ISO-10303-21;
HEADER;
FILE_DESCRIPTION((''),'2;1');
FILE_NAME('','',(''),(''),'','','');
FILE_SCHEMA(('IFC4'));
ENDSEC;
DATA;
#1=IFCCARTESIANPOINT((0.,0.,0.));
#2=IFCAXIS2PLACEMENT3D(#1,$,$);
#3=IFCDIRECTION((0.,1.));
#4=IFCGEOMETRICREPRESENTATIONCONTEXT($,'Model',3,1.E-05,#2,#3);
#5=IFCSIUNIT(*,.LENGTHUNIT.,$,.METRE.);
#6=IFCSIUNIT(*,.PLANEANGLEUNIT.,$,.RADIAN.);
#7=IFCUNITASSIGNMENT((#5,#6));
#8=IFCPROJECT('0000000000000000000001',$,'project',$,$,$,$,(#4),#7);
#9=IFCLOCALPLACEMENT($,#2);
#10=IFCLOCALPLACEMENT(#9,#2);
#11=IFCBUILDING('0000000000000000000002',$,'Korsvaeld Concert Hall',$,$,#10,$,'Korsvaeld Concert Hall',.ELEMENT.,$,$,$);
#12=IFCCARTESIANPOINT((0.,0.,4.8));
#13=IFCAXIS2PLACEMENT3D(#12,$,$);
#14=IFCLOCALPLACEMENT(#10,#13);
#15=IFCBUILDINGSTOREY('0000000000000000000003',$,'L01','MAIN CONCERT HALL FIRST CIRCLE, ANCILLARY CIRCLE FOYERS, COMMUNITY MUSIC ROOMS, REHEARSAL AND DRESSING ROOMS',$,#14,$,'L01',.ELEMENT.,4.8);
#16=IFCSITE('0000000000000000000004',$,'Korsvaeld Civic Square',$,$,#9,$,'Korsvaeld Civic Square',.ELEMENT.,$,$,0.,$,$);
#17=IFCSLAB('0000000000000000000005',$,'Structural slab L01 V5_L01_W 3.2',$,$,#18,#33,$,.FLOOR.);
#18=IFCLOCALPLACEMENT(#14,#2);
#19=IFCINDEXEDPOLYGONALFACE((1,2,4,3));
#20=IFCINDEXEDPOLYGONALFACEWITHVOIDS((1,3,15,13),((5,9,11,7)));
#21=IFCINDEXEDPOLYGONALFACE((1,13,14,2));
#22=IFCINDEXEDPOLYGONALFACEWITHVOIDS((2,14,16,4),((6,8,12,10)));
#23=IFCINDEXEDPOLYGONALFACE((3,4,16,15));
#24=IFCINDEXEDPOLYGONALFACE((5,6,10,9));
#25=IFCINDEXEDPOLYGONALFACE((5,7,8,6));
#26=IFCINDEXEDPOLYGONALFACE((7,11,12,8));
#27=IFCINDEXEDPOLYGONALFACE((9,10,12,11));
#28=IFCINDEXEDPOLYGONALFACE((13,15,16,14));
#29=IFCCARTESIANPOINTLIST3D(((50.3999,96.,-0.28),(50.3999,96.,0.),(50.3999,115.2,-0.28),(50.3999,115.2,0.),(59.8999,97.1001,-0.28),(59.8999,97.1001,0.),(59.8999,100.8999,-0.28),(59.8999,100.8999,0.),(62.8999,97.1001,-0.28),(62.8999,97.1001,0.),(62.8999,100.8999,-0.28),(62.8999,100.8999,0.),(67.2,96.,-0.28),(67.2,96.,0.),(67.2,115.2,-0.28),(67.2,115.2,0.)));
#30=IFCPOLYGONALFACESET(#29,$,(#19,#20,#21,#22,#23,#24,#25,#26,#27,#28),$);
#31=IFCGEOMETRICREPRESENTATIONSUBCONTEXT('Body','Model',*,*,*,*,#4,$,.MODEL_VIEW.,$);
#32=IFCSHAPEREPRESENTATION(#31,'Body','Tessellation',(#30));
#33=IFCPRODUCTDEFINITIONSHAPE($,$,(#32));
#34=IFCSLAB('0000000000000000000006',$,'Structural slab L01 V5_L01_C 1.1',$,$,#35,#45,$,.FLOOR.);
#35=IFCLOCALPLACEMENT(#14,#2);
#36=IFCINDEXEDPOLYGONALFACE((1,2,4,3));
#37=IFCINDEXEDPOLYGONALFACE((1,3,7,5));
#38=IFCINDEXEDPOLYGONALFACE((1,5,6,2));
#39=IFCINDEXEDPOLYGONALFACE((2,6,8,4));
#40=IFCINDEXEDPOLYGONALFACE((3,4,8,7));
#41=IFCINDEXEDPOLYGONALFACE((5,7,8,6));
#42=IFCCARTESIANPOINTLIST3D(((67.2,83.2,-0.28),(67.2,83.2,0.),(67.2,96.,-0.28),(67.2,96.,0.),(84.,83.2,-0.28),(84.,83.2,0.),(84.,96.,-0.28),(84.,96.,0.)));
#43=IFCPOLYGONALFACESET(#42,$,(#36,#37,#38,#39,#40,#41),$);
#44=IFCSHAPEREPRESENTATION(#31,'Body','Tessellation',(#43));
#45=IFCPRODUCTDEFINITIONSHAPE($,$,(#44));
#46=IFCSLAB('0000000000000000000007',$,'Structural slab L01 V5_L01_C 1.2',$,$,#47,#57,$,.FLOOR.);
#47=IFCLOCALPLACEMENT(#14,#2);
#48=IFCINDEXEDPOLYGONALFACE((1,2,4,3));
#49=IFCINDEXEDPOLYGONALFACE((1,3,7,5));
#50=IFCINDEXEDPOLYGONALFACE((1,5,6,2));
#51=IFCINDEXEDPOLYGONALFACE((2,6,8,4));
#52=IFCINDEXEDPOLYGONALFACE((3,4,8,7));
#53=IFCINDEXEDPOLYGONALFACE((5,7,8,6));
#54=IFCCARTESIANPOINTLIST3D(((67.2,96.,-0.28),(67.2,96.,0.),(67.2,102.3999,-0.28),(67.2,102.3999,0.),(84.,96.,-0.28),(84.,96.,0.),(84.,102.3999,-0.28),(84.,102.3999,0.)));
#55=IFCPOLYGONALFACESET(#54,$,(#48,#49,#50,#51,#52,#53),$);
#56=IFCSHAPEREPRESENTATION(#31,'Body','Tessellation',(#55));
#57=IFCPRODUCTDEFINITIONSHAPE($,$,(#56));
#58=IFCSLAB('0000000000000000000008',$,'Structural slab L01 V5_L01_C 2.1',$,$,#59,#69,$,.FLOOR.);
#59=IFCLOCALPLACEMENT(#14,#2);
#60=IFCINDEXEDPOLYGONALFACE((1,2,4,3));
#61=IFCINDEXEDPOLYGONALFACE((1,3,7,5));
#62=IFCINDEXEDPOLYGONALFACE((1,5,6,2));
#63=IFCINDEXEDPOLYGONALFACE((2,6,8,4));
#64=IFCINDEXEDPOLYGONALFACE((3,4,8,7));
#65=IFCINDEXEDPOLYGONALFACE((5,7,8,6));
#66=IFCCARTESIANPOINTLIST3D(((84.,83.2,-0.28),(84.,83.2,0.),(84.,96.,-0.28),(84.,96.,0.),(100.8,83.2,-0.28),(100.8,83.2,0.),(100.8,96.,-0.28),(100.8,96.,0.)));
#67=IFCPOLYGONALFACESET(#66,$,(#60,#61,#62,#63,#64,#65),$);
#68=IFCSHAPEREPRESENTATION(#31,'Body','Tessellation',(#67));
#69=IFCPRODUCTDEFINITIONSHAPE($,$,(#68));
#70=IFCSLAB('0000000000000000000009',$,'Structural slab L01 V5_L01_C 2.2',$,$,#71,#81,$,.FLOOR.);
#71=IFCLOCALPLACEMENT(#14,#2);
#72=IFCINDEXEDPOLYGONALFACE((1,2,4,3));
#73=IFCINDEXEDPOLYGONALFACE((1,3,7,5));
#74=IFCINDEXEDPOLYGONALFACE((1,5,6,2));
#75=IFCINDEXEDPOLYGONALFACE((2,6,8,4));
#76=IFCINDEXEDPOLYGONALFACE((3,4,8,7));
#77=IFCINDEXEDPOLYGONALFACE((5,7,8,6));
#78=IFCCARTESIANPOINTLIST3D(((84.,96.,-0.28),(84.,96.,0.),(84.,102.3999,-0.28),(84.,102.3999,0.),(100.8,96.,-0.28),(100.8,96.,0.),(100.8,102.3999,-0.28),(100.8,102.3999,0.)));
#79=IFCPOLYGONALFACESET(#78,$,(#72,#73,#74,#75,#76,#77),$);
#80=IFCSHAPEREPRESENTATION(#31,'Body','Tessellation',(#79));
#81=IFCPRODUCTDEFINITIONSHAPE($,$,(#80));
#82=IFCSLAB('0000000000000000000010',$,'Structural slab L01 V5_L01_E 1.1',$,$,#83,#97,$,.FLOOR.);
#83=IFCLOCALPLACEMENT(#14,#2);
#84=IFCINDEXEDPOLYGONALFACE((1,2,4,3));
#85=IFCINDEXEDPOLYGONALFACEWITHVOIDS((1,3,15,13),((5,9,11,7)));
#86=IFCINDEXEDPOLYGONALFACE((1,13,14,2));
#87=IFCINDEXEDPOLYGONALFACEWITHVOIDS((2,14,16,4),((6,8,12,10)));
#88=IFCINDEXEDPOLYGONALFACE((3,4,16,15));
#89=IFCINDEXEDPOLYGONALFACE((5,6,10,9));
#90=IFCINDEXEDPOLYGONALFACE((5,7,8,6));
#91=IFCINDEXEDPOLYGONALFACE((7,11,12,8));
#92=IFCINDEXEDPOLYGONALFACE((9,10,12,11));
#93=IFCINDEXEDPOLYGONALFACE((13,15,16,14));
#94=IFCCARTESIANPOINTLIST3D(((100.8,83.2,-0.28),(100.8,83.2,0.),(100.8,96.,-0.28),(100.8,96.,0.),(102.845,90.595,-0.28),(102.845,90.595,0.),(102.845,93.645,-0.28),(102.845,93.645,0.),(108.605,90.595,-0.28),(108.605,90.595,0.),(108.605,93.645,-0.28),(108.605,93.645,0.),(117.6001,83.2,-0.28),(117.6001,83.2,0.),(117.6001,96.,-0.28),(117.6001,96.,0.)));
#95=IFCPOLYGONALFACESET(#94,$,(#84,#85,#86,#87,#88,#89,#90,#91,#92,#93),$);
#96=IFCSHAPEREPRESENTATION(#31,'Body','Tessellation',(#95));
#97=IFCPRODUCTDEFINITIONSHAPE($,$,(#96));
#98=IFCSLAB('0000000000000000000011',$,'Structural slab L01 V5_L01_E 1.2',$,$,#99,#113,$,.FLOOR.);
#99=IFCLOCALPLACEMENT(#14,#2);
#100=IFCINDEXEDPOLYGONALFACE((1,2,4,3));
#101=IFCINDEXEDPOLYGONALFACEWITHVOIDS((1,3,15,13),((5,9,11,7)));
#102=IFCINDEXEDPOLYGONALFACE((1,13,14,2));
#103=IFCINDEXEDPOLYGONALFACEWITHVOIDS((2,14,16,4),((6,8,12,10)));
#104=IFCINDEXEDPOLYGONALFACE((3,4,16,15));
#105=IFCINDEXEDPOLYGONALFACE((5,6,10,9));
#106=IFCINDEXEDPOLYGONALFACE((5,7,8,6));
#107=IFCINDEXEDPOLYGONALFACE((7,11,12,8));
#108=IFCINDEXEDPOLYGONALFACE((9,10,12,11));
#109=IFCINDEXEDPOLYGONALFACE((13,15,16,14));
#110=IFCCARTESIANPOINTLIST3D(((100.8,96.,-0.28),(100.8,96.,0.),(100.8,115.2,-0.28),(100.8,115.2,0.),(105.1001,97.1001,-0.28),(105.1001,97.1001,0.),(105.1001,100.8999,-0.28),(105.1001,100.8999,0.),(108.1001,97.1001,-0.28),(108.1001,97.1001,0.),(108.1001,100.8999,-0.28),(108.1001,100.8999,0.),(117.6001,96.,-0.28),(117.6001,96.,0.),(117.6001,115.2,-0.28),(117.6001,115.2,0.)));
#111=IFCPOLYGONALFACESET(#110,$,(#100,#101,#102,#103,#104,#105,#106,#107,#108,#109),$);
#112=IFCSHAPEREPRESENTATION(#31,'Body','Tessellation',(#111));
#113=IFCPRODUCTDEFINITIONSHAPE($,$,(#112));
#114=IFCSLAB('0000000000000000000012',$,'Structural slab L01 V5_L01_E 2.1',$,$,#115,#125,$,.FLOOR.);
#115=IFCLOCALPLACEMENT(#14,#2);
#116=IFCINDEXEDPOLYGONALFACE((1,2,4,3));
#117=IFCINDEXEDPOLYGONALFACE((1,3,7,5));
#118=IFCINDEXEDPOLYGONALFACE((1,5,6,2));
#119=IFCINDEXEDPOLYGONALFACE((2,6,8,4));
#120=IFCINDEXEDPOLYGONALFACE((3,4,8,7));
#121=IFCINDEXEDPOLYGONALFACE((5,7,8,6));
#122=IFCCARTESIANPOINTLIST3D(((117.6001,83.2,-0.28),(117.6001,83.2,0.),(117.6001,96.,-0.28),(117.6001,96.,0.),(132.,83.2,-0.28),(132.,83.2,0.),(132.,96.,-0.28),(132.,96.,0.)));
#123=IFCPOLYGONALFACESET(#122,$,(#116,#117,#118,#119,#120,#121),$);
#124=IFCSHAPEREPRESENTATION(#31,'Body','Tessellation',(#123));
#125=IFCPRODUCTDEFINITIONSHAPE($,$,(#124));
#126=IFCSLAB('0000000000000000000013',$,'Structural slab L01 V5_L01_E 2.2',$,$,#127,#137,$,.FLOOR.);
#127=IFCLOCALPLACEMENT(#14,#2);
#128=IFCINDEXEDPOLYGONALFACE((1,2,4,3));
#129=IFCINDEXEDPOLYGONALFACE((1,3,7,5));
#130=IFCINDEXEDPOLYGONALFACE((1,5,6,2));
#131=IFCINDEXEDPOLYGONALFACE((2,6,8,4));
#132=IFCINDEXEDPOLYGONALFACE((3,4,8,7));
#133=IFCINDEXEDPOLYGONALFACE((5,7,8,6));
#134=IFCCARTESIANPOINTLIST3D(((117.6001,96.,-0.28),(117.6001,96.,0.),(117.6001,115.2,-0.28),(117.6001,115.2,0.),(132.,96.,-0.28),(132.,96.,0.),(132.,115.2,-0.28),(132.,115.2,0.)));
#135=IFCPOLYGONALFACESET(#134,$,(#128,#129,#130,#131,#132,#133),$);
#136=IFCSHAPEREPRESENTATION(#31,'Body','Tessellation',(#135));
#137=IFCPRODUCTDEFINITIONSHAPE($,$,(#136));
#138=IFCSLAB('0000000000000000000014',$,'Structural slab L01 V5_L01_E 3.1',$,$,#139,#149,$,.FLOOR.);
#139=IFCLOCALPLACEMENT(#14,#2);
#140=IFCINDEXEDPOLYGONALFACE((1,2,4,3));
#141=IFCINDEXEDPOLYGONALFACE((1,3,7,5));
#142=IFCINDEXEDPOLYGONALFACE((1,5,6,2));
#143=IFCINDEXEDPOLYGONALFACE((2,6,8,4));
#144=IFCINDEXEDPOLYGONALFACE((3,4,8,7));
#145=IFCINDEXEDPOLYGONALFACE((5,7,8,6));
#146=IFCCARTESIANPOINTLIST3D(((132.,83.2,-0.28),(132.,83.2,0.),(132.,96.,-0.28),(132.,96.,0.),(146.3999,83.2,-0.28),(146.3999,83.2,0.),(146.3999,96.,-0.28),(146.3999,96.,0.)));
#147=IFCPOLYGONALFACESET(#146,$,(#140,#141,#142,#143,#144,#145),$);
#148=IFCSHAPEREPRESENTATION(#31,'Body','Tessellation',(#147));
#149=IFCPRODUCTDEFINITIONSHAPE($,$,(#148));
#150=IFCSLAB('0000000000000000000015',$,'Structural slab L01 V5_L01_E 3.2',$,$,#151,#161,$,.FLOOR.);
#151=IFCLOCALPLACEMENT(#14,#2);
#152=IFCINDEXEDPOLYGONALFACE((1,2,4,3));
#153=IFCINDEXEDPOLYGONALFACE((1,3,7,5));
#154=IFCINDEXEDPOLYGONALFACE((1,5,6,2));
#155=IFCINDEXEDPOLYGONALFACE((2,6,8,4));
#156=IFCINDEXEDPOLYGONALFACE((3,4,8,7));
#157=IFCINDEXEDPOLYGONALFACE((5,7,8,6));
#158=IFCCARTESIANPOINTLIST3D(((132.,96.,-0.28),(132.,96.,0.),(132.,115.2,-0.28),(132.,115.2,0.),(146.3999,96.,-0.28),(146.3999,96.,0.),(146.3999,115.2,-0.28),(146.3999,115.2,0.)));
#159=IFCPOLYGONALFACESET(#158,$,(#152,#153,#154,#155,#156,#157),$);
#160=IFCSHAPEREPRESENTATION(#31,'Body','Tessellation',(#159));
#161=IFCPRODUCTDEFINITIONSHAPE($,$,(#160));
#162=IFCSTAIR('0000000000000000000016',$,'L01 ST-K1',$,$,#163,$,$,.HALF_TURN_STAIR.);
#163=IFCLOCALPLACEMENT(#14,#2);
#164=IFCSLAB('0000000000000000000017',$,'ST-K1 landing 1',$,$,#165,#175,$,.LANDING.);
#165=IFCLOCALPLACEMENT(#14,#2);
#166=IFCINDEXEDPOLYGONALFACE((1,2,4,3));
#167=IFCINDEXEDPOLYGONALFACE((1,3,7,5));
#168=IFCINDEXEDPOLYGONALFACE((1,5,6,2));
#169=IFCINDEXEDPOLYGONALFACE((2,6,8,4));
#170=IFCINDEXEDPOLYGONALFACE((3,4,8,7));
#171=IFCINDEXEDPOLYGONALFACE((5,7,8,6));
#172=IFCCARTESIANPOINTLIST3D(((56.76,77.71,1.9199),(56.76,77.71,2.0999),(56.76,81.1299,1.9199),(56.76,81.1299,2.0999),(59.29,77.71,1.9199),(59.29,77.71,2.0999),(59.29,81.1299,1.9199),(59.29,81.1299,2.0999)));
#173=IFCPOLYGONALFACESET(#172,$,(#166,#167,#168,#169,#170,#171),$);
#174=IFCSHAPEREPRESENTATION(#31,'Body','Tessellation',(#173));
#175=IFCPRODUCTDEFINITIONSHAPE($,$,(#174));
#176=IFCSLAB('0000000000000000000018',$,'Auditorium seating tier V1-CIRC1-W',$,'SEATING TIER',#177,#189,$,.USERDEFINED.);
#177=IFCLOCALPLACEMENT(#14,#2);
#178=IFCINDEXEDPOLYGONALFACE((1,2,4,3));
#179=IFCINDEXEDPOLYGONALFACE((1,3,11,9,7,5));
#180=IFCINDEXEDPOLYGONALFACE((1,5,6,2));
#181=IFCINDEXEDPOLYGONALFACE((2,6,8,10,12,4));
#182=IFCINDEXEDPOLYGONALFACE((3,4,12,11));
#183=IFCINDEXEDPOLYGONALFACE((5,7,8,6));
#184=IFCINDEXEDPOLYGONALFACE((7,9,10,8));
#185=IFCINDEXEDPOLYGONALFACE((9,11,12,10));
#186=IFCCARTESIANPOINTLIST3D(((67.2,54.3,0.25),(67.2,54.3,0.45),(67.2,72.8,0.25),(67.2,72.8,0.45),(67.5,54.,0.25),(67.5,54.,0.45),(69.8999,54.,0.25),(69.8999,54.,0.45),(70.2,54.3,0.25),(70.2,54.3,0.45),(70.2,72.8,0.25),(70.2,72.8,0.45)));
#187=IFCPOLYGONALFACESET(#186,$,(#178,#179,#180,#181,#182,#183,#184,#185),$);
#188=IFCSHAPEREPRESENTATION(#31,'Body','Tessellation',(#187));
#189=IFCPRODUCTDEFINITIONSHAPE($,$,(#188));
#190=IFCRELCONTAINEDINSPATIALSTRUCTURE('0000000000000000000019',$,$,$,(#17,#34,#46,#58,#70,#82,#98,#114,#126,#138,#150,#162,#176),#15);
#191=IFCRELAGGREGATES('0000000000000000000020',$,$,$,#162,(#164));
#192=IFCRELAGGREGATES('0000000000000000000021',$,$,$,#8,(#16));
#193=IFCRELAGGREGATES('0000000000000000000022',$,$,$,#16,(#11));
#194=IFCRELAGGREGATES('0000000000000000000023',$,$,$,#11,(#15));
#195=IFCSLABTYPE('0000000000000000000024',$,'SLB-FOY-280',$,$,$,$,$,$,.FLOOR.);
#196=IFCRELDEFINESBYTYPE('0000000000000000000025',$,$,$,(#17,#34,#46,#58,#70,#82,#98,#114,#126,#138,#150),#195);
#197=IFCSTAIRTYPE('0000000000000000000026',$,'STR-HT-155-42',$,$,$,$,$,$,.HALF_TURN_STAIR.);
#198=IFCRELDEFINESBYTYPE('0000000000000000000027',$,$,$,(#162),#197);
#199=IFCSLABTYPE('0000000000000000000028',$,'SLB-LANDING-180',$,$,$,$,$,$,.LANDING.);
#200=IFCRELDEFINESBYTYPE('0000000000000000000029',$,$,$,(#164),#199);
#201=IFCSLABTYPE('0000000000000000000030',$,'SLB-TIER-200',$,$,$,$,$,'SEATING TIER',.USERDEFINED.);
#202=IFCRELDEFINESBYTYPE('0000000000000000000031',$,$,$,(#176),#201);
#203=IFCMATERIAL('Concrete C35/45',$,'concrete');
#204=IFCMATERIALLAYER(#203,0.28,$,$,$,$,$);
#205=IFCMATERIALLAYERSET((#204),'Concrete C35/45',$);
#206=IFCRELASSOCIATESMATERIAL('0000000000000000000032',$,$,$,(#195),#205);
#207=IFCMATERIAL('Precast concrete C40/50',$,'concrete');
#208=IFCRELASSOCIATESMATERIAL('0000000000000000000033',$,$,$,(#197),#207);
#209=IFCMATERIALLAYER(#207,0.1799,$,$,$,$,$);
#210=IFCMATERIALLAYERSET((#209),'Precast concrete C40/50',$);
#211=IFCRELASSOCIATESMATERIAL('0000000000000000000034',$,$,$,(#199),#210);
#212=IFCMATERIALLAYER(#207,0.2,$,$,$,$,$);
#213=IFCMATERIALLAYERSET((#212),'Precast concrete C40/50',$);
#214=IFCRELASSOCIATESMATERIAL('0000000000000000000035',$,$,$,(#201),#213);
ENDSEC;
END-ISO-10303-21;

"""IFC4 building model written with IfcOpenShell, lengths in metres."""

from ifc_helpers import new_model, si_unit, direction, frame, origin, place, context, subcontext, project, spatial, polyline, outline, extrude, material, layer, layer_set, type_object, element, aggregate, save


model = new_model("IFC4")

# Units and contexts
model_context = context("Model", 3, precision=1e-05, world=origin(), true_north=direction((0.0, 1.0)))
body_context = subcontext(model_context, "Body", "Model", "MODEL_VIEW")
ifc_project = project(units=[si_unit("LENGTHUNIT", "METRE"), si_unit("PLANEANGLEUNIT", "RADIAN")], contexts=[model_context])

# Site, building, storey
site_placement = place(None, origin())
site = spatial("IfcSite", under=ifc_project, at=site_placement, Name="Korsvaeld Civic Square", LongName="Korsvaeld Civic Square", CompositionType="ELEMENT", RefElevation=0.0)
building_placement = place(site_placement, origin())
building = spatial("IfcBuilding", under=site, at=building_placement, Name="Korsvaeld Concert Hall", LongName="Korsvaeld Concert Hall", CompositionType="ELEMENT")
storey_placement = place(building_placement, frame((0.0, 0.0, 4.8)))
storey = spatial("IfcBuildingStorey", under=building, at=storey_placement, Name="L01", Description="MAIN CONCERT HALL FIRST CIRCLE, ANCILLARY CIRCLE FOYERS, COMMUNITY MUSIC ROOMS, REHEARSAL AND DRESSING ROOMS", LongName="L01", CompositionType="ELEMENT", Elevation=4.8)

# Slabs
ifc_material_1 = material(Name="Concrete C35/45", Category="concrete")
ifc_layer_1 = layer(ifc_material_1, 0.28)
ifc_layer_set_1 = layer_set([ifc_layer_1], Name="Concrete C35/45")
slab_type_1 = type_object("IfcSlabType", Name="SLB-FOY-280", PredefinedType="FLOOR", material=ifc_layer_set_1)
slab_1_placement = place(storey_placement, frame((0.0, 0.0, -0.28)))
element("IfcSlab", 1, at=slab_1_placement, inside=storey, type_object=slab_type_1, Name="Structural slab L01 V5_L01_W 3.2", PredefinedType="FLOOR", context=body_context, shape_type="SweptSolid", body=[
    extrude(outline(polyline([(50.3999, 96.0), (50.3999, 115.2), (67.2, 115.2), (67.2, 96.0), (50.3999, 96.0)]), holes=[polyline([(62.8999, 100.8999), (59.8999, 100.8999), (59.8999, 97.1001), (62.8999, 97.1001), (62.8999, 100.8999)])]), origin(), (0.0, 0.0, 1.0), 0.28),
])
slab_2_placement = place(storey_placement, frame((0.0, 0.0, -0.28)))
element("IfcSlab", 2, at=slab_2_placement, inside=storey, type_object=slab_type_1, Name="Structural slab L01 V5_L01_C 1.1", PredefinedType="FLOOR", context=body_context, shape_type="SweptSolid", body=[
    extrude(outline(polyline([(67.2, 83.2), (67.2, 96.0), (84.0, 96.0), (84.0, 83.2), (67.2, 83.2)])), origin(), (0.0, 0.0, 1.0), 0.28),
])
slab_3_placement = place(storey_placement, frame((0.0, 0.0, -0.28)))
element("IfcSlab", 3, at=slab_3_placement, inside=storey, type_object=slab_type_1, Name="Structural slab L01 V5_L01_C 1.2", PredefinedType="FLOOR", context=body_context, shape_type="SweptSolid", body=[
    extrude(outline(polyline([(67.2, 96.0), (67.2, 102.3999), (84.0, 102.3999), (84.0, 96.0), (67.2, 96.0)])), origin(), (0.0, 0.0, 1.0), 0.28),
])
slab_4_placement = place(storey_placement, frame((0.0, 0.0, -0.28)))
element("IfcSlab", 4, at=slab_4_placement, inside=storey, type_object=slab_type_1, Name="Structural slab L01 V5_L01_C 2.1", PredefinedType="FLOOR", context=body_context, shape_type="SweptSolid", body=[
    extrude(outline(polyline([(84.0, 83.2), (84.0, 96.0), (100.8, 96.0), (100.8, 83.2), (84.0, 83.2)])), origin(), (0.0, 0.0, 1.0), 0.28),
])
slab_5_placement = place(storey_placement, frame((0.0, 0.0, -0.28)))
element("IfcSlab", 5, at=slab_5_placement, inside=storey, type_object=slab_type_1, Name="Structural slab L01 V5_L01_C 2.2", PredefinedType="FLOOR", context=body_context, shape_type="SweptSolid", body=[
    extrude(outline(polyline([(84.0, 96.0), (84.0, 102.3999), (100.8, 102.3999), (100.8, 96.0), (84.0, 96.0)])), origin(), (0.0, 0.0, 1.0), 0.28),
])
slab_6_placement = place(storey_placement, frame((0.0, 0.0, -0.28)))
element("IfcSlab", 6, at=slab_6_placement, inside=storey, type_object=slab_type_1, Name="Structural slab L01 V5_L01_E 1.1", PredefinedType="FLOOR", context=body_context, shape_type="SweptSolid", body=[
    extrude(outline(polyline([(100.8, 83.2), (100.8, 96.0), (117.6001, 96.0), (117.6001, 83.2), (100.8, 83.2)]), holes=[polyline([(102.845, 90.595), (108.605, 90.595), (108.605, 93.645), (102.845, 93.645), (102.845, 90.595)])]), origin(), (0.0, 0.0, 1.0), 0.28),
])
slab_7_placement = place(storey_placement, frame((0.0, 0.0, -0.28)))
element("IfcSlab", 7, at=slab_7_placement, inside=storey, type_object=slab_type_1, Name="Structural slab L01 V5_L01_E 1.2", PredefinedType="FLOOR", context=body_context, shape_type="SweptSolid", body=[
    extrude(outline(polyline([(100.8, 96.0), (100.8, 115.2), (117.6001, 115.2), (117.6001, 96.0), (100.8, 96.0)]), holes=[polyline([(108.1001, 97.1001), (108.1001, 100.8999), (105.1001, 100.8999), (105.1001, 97.1001), (108.1001, 97.1001)])]), origin(), (0.0, 0.0, 1.0), 0.28),
])
slab_8_placement = place(storey_placement, frame((0.0, 0.0, -0.28)))
element("IfcSlab", 8, at=slab_8_placement, inside=storey, type_object=slab_type_1, Name="Structural slab L01 V5_L01_E 2.1", PredefinedType="FLOOR", context=body_context, shape_type="SweptSolid", body=[
    extrude(outline(polyline([(117.6001, 83.2), (117.6001, 96.0), (132.0, 96.0), (132.0, 83.2), (117.6001, 83.2)])), origin(), (0.0, 0.0, 1.0), 0.28),
])
slab_9_placement = place(storey_placement, frame((0.0, 0.0, -0.28)))
element("IfcSlab", 9, at=slab_9_placement, inside=storey, type_object=slab_type_1, Name="Structural slab L01 V5_L01_E 2.2", PredefinedType="FLOOR", context=body_context, shape_type="SweptSolid", body=[
    extrude(outline(polyline([(117.6001, 96.0), (117.6001, 115.2), (132.0, 115.2), (132.0, 96.0), (117.6001, 96.0)])), origin(), (0.0, 0.0, 1.0), 0.28),
])
slab_10_placement = place(storey_placement, frame((0.0, 0.0, -0.28)))
element("IfcSlab", 10, at=slab_10_placement, inside=storey, type_object=slab_type_1, Name="Structural slab L01 V5_L01_E 3.1", PredefinedType="FLOOR", context=body_context, shape_type="SweptSolid", body=[
    extrude(outline(polyline([(132.0, 83.2), (132.0, 96.0), (146.3999, 96.0), (146.3999, 83.2), (132.0, 83.2)])), origin(), (0.0, 0.0, 1.0), 0.28),
])
slab_11_placement = place(storey_placement, frame((0.0, 0.0, -0.28)))
element("IfcSlab", 11, at=slab_11_placement, inside=storey, type_object=slab_type_1, Name="Structural slab L01 V5_L01_E 3.2", PredefinedType="FLOOR", context=body_context, shape_type="SweptSolid", body=[
    extrude(outline(polyline([(132.0, 96.0), (132.0, 115.2), (146.3999, 115.2), (146.3999, 96.0), (132.0, 96.0)])), origin(), (0.0, 0.0, 1.0), 0.28),
])

# Stair, slab
ifc_material_2 = material(Name="Precast concrete C40/50", Category="concrete")
stair_type = type_object("IfcStairType", Name="STR-HT-155-42", PredefinedType="HALF_TURN_STAIR", material=ifc_material_2)
stair_placement = place(storey_placement, origin())
stair = element("IfcStair", 12, at=stair_placement, inside=storey, type_object=stair_type, Name="L01 ST-K1", PredefinedType="HALF_TURN_STAIR")
ifc_layer_2 = layer(ifc_material_2, 0.1799)
ifc_layer_set_2 = layer_set([ifc_layer_2], Name="Precast concrete C40/50")
slab_type_2 = type_object("IfcSlabType", Name="SLB-LANDING-180", PredefinedType="LANDING", material=ifc_layer_set_2)
slab_12_placement = place(storey_placement, frame((0.0, 0.0, 1.9199)))
slab_12 = element("IfcSlab", 13, at=slab_12_placement, type_object=slab_type_2, Name="ST-K1 landing 1", PredefinedType="LANDING", context=body_context, shape_type="SweptSolid", body=[
    extrude(outline(polyline([(56.76, 77.71), (56.76, 81.1299), (59.29, 81.1299), (59.29, 77.71), (56.76, 77.71)])), origin(), (0.0, 0.0, 1.0), 0.1799),
])
aggregate(stair, [slab_12])

# Slab
ifc_layer_3 = layer(ifc_material_2, 0.2)
ifc_layer_set_3 = layer_set([ifc_layer_3], Name="Precast concrete C40/50")
slab_type_3 = type_object("IfcSlabType", Name="SLB-TIER-200", ElementType="SEATING TIER", PredefinedType="USERDEFINED", material=ifc_layer_set_3)
slab_13_placement = place(storey_placement, frame((0.0, 0.0, 0.25)))
element("IfcSlab", 14, at=slab_13_placement, inside=storey, type_object=slab_type_3, Name="Auditorium seating tier V1-CIRC1-W", ObjectType="SEATING TIER", PredefinedType="USERDEFINED", context=body_context, shape_type="SweptSolid", body=[
    extrude(outline(polyline([(67.2, 54.3), (67.5, 54.0), (69.8999, 54.0), (70.2, 54.3), (70.2, 72.8), (67.2, 72.8), (67.2, 54.3)])), origin(), (0.0, 0.0, 1.0), 0.2),
])

save(model, "model.ifc")
